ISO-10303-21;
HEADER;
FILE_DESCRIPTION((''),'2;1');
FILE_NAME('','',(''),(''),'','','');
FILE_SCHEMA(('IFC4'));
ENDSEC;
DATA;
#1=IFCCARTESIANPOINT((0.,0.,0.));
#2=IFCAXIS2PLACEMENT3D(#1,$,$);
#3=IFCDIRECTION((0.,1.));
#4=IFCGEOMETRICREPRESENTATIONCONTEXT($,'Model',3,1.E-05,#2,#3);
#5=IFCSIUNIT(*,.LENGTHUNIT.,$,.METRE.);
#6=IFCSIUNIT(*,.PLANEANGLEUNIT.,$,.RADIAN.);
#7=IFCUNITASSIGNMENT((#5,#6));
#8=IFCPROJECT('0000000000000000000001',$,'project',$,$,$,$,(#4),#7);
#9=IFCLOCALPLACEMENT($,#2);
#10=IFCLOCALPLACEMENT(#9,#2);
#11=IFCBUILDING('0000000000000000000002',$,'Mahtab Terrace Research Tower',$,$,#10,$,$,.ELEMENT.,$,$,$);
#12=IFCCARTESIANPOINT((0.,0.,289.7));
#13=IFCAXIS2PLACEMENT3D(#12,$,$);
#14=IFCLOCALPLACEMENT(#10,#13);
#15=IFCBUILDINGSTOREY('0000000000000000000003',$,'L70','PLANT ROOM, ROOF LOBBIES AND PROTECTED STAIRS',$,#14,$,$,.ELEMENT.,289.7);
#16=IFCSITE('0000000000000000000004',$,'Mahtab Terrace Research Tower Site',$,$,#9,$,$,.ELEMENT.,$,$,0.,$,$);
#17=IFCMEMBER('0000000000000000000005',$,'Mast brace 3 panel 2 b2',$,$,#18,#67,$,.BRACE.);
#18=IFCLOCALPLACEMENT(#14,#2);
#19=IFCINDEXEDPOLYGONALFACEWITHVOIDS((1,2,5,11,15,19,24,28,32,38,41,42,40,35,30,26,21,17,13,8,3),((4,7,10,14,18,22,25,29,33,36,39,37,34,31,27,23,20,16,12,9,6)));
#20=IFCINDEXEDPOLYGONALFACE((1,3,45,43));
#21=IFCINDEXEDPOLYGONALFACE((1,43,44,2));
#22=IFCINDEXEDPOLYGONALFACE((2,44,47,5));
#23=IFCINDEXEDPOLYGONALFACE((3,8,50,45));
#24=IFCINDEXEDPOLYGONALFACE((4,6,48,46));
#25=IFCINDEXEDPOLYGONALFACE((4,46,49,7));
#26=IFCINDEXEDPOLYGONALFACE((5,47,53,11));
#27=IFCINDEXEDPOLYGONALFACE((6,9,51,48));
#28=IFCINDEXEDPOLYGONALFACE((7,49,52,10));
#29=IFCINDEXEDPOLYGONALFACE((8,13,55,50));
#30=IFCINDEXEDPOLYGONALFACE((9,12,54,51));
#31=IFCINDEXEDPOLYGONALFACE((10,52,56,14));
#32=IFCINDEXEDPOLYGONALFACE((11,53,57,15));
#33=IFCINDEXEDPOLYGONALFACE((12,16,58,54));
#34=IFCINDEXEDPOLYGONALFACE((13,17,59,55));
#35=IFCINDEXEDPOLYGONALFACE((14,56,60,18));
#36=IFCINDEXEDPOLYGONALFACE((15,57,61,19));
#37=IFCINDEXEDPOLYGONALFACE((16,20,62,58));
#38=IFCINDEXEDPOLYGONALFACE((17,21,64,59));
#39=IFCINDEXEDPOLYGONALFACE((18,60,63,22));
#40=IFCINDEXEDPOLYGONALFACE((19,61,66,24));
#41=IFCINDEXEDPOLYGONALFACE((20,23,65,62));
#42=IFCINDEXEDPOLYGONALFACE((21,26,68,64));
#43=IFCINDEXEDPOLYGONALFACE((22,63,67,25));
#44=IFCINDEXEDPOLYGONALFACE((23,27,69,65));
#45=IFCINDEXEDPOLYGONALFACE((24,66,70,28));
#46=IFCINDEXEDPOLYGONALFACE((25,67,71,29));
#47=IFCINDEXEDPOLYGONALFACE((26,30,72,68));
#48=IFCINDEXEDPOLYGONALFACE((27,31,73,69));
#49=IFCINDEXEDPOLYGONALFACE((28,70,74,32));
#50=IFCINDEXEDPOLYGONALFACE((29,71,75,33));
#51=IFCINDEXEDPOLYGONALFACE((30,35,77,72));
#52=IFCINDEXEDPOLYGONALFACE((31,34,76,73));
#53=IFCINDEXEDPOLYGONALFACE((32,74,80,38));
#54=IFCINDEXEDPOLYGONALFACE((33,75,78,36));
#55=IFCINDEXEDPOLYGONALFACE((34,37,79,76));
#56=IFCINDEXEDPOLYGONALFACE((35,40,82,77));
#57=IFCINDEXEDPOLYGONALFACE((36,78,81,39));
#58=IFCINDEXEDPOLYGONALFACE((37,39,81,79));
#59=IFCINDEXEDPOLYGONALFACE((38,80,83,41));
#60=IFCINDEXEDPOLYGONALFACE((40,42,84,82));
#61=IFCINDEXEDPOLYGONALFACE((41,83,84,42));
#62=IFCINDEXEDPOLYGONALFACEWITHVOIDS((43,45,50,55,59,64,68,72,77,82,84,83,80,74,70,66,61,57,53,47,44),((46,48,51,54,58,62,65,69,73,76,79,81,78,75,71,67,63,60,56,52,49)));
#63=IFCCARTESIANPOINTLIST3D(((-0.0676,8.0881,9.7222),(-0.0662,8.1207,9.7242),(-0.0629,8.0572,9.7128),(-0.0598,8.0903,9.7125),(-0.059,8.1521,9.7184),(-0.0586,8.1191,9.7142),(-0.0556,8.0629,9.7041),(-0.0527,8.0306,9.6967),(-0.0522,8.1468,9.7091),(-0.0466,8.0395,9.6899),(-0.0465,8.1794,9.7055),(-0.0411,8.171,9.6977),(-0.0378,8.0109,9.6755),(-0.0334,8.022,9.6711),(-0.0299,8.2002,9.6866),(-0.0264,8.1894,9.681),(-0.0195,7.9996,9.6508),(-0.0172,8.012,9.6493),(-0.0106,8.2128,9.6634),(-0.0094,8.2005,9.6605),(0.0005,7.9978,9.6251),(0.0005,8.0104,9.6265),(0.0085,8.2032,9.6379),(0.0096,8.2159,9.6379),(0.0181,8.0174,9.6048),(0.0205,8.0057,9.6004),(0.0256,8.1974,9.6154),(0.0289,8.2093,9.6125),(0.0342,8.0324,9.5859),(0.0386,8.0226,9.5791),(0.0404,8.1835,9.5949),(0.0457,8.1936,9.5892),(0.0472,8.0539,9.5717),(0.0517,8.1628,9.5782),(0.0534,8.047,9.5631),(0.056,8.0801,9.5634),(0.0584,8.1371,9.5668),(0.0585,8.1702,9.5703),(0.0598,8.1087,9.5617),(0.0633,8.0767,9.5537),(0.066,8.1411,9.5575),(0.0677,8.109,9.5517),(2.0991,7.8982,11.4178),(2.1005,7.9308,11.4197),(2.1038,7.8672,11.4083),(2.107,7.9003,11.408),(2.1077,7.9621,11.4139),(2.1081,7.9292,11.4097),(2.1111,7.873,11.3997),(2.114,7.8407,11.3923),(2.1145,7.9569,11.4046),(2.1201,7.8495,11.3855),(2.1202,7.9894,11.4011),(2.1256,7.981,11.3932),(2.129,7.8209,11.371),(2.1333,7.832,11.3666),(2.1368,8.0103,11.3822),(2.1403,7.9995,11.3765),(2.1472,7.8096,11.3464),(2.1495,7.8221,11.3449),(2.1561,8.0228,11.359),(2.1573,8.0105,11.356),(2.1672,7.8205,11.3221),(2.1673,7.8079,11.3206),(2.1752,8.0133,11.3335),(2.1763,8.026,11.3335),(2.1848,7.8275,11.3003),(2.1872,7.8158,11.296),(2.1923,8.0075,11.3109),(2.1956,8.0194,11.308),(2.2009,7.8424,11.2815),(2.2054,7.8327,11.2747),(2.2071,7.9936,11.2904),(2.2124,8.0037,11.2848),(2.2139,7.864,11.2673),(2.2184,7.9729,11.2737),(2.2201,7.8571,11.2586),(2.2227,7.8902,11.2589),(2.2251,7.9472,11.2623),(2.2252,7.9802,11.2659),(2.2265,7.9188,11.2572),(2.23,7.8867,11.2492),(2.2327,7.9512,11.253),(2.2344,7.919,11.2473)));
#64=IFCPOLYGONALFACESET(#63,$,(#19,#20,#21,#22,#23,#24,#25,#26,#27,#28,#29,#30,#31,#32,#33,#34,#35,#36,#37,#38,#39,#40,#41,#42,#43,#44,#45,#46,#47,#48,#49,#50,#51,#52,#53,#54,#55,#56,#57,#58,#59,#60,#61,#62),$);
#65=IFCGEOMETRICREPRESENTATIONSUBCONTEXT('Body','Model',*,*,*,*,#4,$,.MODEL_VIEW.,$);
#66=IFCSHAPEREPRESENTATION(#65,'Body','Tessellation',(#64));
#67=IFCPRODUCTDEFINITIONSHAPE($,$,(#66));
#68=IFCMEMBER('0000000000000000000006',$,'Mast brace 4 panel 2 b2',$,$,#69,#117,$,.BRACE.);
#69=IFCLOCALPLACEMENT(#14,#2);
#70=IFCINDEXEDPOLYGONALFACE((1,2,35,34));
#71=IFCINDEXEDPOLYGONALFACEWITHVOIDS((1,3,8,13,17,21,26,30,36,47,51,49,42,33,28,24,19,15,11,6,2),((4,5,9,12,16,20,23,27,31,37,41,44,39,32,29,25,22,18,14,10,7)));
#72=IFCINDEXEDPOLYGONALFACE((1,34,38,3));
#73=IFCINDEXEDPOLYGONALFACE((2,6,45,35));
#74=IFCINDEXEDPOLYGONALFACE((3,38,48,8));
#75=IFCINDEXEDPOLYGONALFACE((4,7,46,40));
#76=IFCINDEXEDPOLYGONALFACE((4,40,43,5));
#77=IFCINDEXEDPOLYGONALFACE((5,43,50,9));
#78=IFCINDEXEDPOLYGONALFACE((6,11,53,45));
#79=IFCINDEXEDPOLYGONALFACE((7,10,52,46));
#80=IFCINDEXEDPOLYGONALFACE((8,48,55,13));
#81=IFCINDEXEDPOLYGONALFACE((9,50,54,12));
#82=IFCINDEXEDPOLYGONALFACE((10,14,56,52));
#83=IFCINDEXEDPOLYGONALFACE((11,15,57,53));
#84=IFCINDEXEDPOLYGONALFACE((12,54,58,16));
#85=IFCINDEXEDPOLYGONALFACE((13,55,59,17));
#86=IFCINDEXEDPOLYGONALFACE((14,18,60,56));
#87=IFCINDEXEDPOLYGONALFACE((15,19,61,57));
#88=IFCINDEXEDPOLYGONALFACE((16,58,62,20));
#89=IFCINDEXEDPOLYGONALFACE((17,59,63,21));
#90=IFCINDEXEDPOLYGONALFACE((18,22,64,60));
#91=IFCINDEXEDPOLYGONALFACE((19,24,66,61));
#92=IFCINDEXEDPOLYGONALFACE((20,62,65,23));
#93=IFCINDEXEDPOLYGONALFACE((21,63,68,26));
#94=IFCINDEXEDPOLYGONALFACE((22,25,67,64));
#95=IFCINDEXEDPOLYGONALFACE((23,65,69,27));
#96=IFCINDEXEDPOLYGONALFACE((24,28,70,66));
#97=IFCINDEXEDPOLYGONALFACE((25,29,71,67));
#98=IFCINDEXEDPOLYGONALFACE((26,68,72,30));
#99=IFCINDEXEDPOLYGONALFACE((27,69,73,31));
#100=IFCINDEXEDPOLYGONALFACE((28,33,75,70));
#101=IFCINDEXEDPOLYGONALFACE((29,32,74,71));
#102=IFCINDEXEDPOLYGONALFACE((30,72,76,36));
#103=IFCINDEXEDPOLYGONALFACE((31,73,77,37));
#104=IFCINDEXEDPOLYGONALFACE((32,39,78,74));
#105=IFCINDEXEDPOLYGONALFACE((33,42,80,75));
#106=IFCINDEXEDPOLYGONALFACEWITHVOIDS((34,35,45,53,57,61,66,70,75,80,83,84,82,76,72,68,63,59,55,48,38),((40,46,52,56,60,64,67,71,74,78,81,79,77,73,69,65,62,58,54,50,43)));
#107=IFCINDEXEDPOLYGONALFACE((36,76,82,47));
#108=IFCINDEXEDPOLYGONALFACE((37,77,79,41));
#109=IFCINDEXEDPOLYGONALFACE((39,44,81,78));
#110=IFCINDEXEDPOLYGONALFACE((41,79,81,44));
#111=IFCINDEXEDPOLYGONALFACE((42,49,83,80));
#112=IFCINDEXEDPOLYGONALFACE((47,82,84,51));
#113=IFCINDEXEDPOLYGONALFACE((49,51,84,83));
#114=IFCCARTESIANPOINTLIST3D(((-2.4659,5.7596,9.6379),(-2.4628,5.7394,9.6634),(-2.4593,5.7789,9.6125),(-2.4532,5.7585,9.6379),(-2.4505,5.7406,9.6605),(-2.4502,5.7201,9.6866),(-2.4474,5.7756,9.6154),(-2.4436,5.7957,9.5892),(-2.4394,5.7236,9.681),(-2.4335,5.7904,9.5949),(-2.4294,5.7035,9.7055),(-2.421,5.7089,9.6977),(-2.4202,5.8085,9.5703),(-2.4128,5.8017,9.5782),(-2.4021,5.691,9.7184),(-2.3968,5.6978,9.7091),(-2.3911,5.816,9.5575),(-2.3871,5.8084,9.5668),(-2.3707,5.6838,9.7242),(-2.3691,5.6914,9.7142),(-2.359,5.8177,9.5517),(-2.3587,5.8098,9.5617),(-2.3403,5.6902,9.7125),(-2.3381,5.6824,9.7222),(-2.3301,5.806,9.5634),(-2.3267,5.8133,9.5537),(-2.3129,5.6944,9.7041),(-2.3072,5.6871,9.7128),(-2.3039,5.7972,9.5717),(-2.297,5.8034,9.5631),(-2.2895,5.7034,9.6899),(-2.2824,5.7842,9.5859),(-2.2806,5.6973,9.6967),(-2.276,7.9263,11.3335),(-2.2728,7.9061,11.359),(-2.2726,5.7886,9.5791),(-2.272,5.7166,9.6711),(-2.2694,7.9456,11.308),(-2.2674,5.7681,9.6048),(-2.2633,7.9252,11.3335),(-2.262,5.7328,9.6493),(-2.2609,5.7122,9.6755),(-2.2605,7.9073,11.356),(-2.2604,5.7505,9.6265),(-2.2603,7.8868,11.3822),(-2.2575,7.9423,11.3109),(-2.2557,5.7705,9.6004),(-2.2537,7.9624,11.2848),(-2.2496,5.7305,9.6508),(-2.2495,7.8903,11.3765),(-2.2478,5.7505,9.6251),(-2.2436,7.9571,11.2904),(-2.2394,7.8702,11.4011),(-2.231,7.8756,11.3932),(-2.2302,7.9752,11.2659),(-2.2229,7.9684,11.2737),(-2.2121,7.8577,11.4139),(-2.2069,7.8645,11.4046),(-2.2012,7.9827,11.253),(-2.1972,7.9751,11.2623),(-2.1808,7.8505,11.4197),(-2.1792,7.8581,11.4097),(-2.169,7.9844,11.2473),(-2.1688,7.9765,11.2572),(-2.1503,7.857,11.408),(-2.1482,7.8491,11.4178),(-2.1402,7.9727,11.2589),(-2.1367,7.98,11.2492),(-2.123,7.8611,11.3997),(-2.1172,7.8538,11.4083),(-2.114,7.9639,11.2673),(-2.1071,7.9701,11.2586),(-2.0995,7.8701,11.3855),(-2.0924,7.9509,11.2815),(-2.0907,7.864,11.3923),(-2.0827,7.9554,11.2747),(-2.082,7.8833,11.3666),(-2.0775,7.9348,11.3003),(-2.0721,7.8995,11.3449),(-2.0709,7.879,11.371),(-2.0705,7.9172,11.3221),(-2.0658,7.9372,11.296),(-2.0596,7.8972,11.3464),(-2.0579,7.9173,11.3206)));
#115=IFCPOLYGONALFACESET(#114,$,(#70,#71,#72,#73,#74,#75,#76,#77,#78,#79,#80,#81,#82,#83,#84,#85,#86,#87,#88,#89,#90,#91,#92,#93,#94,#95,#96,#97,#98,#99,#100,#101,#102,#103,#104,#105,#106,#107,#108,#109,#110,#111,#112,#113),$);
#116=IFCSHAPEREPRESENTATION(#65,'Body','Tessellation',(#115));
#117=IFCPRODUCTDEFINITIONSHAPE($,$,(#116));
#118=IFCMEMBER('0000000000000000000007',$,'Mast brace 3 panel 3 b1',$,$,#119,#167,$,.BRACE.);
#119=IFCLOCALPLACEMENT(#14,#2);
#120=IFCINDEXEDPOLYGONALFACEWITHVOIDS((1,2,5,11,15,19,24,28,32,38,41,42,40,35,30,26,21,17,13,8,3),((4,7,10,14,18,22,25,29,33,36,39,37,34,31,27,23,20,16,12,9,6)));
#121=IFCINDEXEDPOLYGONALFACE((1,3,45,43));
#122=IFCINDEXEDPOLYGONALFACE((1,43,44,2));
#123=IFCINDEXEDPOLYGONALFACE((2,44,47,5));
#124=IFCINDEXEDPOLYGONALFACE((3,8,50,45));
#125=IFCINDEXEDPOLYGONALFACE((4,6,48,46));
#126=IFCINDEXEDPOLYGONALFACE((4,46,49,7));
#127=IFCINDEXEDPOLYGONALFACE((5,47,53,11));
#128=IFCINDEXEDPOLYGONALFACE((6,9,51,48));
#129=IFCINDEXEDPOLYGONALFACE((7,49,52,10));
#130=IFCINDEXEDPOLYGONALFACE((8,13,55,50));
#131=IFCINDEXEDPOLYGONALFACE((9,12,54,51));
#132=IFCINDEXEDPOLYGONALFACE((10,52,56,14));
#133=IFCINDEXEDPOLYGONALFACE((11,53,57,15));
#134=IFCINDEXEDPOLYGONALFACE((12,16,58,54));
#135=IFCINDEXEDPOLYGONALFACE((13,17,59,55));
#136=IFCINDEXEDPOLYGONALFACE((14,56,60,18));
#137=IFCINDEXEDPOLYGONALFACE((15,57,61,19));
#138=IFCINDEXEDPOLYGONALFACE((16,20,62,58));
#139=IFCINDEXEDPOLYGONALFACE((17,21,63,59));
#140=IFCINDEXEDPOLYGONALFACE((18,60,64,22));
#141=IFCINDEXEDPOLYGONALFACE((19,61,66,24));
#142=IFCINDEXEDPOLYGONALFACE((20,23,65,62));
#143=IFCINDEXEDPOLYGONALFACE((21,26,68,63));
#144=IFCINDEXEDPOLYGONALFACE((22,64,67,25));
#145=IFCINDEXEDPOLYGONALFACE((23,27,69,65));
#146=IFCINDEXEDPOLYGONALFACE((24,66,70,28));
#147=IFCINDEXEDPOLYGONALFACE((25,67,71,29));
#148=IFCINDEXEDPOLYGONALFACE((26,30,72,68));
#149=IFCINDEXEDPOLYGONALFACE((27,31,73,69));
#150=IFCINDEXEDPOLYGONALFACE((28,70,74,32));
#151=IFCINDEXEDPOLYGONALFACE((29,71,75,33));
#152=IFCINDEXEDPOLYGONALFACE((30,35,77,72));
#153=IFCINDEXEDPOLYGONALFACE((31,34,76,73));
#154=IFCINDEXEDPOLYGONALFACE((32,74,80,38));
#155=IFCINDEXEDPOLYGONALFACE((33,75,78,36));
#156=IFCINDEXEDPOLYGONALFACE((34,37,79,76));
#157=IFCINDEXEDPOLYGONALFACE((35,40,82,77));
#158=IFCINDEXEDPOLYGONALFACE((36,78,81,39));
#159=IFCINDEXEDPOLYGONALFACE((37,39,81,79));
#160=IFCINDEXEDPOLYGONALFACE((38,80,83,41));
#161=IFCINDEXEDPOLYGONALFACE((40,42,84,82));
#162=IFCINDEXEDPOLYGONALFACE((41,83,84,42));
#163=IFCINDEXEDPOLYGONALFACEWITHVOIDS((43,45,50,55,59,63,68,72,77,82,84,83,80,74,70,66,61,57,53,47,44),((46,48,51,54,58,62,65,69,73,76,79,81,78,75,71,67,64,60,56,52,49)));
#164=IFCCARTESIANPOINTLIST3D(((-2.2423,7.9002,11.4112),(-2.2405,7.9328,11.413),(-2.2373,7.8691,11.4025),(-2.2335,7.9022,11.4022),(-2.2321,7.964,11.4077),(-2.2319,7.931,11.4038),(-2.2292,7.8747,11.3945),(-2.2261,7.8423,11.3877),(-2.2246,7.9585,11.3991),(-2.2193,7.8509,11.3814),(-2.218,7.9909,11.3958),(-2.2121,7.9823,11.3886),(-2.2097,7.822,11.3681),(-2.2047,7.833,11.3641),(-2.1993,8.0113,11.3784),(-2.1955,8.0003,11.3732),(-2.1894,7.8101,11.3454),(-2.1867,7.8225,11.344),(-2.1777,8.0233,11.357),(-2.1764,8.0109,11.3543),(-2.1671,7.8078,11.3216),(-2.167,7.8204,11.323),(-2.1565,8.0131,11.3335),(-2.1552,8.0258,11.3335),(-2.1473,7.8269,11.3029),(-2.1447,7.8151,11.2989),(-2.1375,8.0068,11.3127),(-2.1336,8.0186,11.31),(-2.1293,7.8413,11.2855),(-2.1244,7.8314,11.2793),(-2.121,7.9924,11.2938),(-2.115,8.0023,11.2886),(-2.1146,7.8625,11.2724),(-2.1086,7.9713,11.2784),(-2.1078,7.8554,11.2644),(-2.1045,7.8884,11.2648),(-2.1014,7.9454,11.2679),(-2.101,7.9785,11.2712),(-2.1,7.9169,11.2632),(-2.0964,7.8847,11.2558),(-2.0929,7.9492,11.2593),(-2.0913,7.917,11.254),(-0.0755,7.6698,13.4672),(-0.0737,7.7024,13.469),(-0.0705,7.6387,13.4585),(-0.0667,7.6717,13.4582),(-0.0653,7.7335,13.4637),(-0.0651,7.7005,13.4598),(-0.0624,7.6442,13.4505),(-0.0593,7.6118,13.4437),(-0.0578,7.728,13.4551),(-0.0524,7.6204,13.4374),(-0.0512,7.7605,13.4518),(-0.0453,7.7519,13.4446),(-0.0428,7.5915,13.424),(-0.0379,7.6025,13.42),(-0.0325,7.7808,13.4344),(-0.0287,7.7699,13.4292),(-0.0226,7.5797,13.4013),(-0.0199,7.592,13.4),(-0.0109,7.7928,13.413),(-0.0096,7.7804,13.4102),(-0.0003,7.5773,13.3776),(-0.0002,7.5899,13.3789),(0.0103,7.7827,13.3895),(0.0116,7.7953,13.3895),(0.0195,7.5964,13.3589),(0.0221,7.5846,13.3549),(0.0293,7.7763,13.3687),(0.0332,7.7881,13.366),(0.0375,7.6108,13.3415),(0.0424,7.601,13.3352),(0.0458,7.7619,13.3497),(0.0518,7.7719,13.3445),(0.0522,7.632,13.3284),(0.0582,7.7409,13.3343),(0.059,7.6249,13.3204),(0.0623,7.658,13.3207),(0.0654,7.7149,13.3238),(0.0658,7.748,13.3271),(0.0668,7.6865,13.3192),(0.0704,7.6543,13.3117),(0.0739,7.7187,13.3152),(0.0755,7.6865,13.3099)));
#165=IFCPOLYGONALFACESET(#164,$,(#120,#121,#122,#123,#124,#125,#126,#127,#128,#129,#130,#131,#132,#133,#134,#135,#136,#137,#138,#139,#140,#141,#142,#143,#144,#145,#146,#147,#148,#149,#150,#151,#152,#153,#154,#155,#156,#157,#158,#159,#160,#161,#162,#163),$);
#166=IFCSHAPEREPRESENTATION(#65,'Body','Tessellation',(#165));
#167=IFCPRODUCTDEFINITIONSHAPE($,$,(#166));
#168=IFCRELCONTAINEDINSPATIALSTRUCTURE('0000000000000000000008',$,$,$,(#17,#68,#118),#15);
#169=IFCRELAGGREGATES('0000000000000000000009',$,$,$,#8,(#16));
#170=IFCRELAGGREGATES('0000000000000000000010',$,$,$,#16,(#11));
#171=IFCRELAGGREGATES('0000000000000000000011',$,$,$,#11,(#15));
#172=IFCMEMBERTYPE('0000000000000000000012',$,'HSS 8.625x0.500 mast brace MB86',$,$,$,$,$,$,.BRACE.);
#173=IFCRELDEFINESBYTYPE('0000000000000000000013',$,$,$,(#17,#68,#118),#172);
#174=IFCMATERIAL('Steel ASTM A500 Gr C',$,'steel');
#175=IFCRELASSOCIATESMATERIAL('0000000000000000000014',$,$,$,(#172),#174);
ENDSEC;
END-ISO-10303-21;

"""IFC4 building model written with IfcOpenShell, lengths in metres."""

from ifc_helpers import new_model, si_unit, direction, frame, origin, origin_2d, place, context, subcontext, project, spatial, hollow_circle, extrude, material, material_profile, profile_set, type_object, element, save


model = new_model("IFC4")

# Units and contexts
model_context = context("Model", 3, precision=1e-05, world=origin(), true_north=direction((0.0, 1.0)))
body_context = subcontext(model_context, "Body", "Model", "MODEL_VIEW")
ifc_project = project(units=[si_unit("LENGTHUNIT", "METRE"), si_unit("PLANEANGLEUNIT", "RADIAN")], contexts=[model_context])

# Site, building, storey
site_placement = place(None, origin())
site = spatial("IfcSite", under=ifc_project, at=site_placement, Name="Mahtab Terrace Research Tower Site", CompositionType="ELEMENT", RefElevation=0.0)
building_placement = place(site_placement, origin())
building = spatial("IfcBuilding", under=site, at=building_placement, Name="Mahtab Terrace Research Tower", CompositionType="ELEMENT")
storey_placement = place(building_placement, frame((0.0, 0.0, 289.7)))
storey = spatial("IfcBuildingStorey", under=building, at=storey_placement, Name="L70", Description="PLANT ROOM, ROOF LOBBIES AND PROTECTED STAIRS", CompositionType="ELEMENT", Elevation=289.7)

# Members
ifc_material_1 = material(Name="Steel ASTM A500 Gr C", Category="steel")
ifc_material_profile_1 = material_profile(ifc_material_1, hollow_circle(Radius=0.1096, WallThickness=0.0127, at=origin_2d()), Name="HSS8.625X0.500")
ifc_profile_set_1 = profile_set([ifc_material_profile_1], Name="Steel ASTM A500 Gr C")
member_type_1 = type_object("IfcMemberType", Name="HSS 8.625x0.500 mast brace MB86", PredefinedType="BRACE", material=ifc_profile_set_1)
for number, where, z_axis, x_axis, name in (
    (1, (0.0, 8.1067, 9.6379), (0.785663, -0.068873, 0.614809), (0.087327, 0.99618, 0.0), "Mast brace 3 panel 2 b2"),
    (2, (-2.3567, 5.75, 9.6379), (0.068873, 0.785663, 0.614809), (-0.99618, 0.087327, 0.0), "Mast brace 4 panel 2 b2"),
):
    element("IfcMember", number, at=place(storey_placement, frame(where, z_axis=z_axis, x_axis=x_axis)), inside=storey, type_object=member_type_1, Name=name, PredefinedType="BRACE", context=body_context, shape_type="SweptSolid", body=[
        extrude(hollow_circle(Radius=0.1096, WallThickness=0.0127, at=origin_2d()), origin(), (0.0, 0.0, 1.0), 2.7578),
    ])
member_1_placement = place(storey_placement, frame((-2.1667, 7.9167, 11.3335), z_axis=(0.723268, -0.076931, 0.686269), x_axis=(0.10577, 0.994391, 0.0)))
element("IfcMember", 3, at=member_1_placement, inside=storey, type_object=member_type_1, Name="Mast brace 3 panel 3 b1", PredefinedType="BRACE", context=body_context, shape_type="SweptSolid", body=[
    extrude(hollow_circle(Radius=0.1096, WallThickness=0.0127, at=origin_2d()), origin(), (0.0, 0.0, 1.0), 2.9958),
])

save(model, "model.ifc")
